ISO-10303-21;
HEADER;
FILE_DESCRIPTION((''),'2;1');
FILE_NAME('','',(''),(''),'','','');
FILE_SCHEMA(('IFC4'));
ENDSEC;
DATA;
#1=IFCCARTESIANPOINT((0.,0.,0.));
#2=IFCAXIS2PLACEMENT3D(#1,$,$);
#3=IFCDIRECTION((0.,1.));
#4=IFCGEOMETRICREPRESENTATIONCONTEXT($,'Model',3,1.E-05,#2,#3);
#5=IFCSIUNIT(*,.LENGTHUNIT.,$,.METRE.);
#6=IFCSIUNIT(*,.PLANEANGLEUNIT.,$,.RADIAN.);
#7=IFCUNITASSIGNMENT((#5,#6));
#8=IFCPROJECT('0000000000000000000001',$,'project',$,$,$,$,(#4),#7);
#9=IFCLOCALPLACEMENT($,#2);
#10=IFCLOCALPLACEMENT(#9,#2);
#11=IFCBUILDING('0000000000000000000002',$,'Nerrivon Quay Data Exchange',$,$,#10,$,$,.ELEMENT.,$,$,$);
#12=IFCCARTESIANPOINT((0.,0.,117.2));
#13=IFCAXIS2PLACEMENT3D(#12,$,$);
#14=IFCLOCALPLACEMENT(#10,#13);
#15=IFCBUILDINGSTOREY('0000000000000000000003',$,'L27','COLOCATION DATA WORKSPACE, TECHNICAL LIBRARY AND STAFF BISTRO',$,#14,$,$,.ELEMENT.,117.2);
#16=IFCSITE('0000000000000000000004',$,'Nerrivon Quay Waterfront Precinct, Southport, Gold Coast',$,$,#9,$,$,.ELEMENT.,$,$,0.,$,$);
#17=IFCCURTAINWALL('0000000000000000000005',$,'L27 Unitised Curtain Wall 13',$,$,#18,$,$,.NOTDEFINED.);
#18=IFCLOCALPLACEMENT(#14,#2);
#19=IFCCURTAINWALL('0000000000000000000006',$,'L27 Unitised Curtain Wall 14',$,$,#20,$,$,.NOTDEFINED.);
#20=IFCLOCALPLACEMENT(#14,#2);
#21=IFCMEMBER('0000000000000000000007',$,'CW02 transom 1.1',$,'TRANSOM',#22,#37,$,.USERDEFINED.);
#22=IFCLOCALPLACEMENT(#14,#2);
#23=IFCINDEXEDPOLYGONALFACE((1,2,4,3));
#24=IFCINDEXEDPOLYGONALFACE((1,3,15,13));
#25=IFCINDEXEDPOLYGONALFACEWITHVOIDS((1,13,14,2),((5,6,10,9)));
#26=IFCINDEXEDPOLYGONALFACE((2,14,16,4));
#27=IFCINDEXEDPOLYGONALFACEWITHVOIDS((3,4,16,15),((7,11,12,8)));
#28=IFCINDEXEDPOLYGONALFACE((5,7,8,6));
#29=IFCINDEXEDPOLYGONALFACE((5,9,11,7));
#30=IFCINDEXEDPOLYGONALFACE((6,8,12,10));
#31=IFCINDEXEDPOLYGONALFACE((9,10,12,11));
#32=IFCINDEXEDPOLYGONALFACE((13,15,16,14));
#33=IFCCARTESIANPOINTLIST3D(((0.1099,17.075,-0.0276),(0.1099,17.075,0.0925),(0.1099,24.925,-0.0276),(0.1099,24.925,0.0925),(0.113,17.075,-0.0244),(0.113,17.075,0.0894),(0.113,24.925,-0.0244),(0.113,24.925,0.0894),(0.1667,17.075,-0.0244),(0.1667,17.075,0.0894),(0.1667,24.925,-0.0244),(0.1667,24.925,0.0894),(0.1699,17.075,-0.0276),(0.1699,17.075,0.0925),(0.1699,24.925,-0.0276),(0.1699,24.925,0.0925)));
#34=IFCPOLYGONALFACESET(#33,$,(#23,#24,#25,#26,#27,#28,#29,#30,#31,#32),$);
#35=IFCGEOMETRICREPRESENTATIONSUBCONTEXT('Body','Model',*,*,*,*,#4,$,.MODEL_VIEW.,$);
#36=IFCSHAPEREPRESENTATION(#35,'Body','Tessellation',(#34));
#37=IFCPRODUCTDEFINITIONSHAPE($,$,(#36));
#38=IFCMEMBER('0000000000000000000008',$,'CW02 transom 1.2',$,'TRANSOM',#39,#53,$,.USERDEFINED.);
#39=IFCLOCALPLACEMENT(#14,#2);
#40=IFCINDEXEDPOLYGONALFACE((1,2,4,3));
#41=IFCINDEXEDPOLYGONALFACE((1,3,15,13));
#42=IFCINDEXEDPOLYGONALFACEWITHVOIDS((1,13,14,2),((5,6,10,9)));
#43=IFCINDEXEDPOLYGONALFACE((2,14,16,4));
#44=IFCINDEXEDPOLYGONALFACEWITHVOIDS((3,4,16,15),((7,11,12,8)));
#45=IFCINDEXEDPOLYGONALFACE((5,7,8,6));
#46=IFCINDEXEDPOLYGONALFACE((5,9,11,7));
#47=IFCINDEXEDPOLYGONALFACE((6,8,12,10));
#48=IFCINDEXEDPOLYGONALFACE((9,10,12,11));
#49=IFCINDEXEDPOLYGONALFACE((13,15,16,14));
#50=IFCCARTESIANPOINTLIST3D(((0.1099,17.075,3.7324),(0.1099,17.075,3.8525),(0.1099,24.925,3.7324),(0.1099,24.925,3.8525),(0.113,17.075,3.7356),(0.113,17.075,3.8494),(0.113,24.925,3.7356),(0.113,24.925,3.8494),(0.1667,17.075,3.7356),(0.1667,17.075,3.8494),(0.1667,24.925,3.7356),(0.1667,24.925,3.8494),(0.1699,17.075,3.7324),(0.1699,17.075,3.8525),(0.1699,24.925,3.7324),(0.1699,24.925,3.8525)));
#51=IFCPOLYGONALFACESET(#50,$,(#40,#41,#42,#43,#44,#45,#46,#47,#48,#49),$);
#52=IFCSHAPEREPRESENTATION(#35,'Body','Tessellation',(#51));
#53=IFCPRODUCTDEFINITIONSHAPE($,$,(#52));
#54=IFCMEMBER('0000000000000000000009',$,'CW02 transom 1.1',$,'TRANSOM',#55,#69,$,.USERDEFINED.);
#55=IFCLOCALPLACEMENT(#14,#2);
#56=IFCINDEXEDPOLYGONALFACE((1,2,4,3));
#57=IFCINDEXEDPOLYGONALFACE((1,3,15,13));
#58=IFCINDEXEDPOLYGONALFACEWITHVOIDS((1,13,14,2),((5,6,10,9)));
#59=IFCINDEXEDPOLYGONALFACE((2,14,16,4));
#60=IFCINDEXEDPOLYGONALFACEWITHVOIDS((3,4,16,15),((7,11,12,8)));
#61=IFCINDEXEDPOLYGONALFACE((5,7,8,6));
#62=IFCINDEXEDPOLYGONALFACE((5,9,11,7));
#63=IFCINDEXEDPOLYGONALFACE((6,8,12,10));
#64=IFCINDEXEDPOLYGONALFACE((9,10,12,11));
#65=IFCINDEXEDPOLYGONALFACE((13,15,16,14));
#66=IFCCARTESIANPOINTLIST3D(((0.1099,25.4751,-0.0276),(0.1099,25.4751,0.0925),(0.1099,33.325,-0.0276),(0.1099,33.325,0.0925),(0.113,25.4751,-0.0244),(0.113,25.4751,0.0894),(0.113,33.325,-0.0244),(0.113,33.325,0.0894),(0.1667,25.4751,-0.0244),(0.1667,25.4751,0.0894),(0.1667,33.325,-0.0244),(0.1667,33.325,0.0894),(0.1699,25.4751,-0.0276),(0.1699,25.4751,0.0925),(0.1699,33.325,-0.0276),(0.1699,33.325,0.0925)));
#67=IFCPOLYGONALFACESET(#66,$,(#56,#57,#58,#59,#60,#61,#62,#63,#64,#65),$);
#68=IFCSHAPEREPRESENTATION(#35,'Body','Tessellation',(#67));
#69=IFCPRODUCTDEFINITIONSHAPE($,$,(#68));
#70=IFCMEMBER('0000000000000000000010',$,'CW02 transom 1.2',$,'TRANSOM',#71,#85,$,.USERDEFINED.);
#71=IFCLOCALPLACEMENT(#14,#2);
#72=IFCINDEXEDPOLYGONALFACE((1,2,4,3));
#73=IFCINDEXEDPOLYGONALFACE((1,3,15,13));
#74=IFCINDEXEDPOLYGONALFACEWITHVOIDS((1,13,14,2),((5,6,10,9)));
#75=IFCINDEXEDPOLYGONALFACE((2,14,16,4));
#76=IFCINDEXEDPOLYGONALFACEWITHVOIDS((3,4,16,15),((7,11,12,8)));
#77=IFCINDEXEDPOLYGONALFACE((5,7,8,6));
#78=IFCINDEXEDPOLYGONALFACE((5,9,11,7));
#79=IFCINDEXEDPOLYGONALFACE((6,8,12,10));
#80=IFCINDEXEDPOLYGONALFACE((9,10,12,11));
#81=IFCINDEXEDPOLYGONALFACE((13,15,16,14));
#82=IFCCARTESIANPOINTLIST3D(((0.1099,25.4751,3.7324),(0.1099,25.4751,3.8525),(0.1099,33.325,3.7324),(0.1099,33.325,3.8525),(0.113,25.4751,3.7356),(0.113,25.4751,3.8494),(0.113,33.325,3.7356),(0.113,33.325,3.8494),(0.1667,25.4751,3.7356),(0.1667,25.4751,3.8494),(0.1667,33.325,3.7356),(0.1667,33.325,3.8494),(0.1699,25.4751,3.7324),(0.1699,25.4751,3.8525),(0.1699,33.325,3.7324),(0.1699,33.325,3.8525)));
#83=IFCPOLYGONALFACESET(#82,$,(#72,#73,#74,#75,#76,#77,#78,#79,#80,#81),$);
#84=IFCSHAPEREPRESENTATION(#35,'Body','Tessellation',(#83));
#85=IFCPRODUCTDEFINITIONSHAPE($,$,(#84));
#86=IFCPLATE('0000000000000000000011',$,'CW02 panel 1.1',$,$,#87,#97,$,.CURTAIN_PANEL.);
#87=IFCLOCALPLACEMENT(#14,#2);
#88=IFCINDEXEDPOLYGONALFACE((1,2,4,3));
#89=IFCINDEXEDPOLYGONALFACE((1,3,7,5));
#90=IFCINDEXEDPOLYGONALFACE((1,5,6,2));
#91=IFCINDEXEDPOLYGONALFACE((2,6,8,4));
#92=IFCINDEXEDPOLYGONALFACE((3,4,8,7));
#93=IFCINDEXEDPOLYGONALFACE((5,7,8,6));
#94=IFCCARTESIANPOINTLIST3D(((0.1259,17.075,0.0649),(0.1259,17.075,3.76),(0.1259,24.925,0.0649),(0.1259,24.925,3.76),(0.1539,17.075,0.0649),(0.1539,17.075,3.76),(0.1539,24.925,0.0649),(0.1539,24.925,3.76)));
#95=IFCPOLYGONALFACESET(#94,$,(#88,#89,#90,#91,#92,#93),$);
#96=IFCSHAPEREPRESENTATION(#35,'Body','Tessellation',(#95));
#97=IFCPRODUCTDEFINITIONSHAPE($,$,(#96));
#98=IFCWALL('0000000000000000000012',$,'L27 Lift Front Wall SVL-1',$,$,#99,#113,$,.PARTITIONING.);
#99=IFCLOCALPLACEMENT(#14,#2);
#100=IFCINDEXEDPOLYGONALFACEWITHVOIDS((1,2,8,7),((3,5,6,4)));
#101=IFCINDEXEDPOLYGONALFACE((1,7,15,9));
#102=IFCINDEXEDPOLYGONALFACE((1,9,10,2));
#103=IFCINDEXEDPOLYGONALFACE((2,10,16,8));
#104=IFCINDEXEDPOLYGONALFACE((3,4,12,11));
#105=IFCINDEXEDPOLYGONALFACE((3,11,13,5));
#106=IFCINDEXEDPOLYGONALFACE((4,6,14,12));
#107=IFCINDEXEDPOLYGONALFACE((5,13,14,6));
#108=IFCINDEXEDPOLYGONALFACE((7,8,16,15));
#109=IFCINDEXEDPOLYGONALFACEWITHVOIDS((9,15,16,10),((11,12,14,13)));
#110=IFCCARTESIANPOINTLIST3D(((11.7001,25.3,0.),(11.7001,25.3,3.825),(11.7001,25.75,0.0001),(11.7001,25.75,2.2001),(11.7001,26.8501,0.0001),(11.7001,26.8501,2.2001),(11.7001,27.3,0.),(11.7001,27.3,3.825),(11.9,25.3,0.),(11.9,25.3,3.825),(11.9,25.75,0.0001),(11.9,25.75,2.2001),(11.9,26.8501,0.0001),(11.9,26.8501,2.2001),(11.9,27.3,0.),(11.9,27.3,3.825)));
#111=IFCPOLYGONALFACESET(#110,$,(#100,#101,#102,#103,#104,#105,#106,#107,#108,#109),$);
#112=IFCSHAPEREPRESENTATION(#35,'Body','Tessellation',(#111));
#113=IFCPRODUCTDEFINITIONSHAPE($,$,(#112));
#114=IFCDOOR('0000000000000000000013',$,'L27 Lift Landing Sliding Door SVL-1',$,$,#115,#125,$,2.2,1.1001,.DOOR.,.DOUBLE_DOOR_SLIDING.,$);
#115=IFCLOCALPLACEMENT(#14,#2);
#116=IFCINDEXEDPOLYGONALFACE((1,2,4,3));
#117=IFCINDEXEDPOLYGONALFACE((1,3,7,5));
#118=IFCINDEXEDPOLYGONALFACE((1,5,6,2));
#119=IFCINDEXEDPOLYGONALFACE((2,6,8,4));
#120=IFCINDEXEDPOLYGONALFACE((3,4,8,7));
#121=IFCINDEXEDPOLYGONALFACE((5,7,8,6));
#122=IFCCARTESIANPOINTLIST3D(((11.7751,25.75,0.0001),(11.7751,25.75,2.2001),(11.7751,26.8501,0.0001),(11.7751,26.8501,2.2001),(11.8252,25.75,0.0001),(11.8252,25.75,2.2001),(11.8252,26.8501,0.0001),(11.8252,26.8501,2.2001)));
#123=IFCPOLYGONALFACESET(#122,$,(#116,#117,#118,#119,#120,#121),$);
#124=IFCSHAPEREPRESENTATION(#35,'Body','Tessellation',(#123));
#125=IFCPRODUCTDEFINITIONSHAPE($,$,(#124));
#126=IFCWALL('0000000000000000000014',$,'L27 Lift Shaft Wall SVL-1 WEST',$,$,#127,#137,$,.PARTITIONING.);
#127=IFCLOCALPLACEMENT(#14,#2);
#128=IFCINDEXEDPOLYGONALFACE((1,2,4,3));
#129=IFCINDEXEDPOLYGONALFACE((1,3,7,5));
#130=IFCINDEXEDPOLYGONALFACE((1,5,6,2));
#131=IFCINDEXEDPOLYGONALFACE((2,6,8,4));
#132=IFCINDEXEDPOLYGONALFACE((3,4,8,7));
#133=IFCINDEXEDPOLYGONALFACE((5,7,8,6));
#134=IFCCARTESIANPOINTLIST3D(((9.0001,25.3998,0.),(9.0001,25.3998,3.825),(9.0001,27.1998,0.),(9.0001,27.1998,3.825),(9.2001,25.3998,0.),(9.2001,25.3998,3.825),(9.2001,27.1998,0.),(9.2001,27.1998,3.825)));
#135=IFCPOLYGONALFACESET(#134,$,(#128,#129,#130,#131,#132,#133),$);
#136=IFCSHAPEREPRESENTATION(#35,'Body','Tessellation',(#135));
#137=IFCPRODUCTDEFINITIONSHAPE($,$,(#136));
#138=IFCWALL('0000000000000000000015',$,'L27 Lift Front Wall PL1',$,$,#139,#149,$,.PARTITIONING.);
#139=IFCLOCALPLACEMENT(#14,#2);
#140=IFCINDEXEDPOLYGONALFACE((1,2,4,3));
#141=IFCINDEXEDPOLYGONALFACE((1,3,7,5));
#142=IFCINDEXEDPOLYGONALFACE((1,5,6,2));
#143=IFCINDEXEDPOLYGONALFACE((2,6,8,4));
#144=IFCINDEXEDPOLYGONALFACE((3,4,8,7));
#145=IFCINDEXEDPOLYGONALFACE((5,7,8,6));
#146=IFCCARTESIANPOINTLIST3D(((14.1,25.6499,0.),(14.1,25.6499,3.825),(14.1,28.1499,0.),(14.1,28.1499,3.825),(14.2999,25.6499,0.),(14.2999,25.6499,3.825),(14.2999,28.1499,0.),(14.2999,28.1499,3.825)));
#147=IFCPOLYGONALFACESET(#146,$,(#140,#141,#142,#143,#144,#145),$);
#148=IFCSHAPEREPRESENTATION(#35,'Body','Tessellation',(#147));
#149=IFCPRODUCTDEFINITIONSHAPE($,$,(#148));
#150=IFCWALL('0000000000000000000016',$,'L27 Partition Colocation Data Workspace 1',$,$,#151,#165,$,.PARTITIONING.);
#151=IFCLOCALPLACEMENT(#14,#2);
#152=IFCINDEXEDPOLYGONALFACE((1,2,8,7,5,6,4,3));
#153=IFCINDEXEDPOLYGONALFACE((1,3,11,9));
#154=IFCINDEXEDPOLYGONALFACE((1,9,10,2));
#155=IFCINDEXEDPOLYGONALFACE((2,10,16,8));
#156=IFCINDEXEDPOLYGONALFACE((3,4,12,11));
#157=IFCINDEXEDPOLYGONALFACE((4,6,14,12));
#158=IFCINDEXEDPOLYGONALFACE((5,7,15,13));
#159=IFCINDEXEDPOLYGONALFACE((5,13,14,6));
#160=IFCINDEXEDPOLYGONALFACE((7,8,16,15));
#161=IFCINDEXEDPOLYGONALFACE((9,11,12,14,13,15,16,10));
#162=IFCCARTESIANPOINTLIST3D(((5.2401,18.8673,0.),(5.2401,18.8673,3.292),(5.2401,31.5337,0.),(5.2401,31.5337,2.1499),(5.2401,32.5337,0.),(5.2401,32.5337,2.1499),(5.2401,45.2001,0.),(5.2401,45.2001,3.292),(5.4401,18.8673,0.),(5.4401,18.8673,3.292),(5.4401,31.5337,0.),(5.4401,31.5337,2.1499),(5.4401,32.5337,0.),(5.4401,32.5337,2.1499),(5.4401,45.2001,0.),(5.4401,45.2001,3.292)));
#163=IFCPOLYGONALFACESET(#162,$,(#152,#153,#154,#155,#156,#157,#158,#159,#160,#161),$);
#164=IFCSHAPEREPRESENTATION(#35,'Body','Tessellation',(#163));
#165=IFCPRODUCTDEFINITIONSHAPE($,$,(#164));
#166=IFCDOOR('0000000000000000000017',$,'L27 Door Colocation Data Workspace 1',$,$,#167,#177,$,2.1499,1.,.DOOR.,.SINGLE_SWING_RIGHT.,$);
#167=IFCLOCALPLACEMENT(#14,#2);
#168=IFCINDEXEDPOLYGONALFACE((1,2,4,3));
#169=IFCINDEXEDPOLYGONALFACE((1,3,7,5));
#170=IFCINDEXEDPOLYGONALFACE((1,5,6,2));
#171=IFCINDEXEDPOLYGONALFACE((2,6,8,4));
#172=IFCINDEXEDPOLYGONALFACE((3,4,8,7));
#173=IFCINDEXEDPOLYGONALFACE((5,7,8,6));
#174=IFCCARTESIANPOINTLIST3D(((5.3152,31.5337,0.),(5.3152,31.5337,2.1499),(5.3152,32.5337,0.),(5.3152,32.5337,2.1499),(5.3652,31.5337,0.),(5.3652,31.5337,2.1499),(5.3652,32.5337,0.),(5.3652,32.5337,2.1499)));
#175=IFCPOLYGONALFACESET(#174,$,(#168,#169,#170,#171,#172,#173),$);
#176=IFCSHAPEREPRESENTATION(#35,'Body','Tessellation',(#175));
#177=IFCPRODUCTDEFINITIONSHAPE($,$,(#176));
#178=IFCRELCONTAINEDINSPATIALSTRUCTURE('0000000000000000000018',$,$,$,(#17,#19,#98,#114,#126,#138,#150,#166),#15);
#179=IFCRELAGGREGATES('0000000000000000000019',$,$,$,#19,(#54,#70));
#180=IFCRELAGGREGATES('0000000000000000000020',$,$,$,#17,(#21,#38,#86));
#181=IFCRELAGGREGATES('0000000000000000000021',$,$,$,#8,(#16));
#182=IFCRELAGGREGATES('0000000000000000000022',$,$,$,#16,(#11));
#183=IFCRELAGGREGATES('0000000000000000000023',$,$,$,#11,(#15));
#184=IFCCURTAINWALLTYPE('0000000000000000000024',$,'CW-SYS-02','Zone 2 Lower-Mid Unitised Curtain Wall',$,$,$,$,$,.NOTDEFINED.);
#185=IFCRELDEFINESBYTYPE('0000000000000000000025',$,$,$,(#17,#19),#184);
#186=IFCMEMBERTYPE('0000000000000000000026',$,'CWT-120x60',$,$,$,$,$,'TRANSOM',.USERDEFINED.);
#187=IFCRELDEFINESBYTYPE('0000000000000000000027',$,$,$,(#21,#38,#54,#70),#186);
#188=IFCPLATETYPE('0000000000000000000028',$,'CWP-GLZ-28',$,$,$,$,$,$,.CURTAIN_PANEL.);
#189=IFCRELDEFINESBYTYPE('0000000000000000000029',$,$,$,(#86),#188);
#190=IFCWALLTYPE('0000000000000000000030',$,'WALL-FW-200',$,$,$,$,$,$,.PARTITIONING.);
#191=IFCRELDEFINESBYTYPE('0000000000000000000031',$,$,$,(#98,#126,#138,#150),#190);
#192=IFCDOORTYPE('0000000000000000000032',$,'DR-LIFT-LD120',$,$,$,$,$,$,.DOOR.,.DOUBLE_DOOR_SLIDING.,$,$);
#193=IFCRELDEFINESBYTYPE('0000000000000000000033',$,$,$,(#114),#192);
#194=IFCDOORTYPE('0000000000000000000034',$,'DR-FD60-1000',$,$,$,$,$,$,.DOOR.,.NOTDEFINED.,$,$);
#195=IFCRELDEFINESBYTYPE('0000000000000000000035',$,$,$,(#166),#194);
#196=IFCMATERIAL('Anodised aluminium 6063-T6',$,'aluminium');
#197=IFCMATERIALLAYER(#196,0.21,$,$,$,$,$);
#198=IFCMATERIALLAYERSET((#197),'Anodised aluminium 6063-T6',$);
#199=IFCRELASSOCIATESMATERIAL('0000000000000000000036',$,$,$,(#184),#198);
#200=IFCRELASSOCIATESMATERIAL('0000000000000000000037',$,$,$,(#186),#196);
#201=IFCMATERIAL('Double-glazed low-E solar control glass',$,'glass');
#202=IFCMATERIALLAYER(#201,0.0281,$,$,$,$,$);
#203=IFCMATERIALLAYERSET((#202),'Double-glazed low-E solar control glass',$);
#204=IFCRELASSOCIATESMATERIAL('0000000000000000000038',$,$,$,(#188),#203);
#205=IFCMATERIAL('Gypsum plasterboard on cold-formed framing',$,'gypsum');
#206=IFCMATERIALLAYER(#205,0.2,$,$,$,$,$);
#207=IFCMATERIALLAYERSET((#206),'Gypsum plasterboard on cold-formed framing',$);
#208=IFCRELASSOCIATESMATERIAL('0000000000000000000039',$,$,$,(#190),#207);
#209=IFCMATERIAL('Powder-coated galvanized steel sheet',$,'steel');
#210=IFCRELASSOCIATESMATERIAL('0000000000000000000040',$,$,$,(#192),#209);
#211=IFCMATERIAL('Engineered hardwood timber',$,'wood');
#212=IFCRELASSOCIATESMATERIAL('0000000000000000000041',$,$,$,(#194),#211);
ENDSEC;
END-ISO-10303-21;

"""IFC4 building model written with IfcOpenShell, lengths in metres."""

from ifc_helpers import new_model, si_unit, direction, frame, frame_2d, origin, origin_2d, place, context, subcontext, project, spatial, rectangle, hollow_rectangle, extrude, material, layer, layer_set, material_profile, profile_set, type_object, element, fill, aggregate, save


model = new_model("IFC4")

# Units and contexts
model_context = context("Model", 3, precision=1e-05, world=origin(), true_north=direction((0.0, 1.0)))
body_context = subcontext(model_context, "Body", "Model", "MODEL_VIEW")
ifc_project = project(units=[si_unit("LENGTHUNIT", "METRE"), si_unit("PLANEANGLEUNIT", "RADIAN")], contexts=[model_context])

# Site, building, storey
site_placement = place(None, origin())
site = spatial("IfcSite", under=ifc_project, at=site_placement, Name="Nerrivon Quay Waterfront Precinct, Southport, Gold Coast", CompositionType="ELEMENT", RefElevation=0.0)
building_placement = place(site_placement, origin())
building = spatial("IfcBuilding", under=site, at=building_placement, Name="Nerrivon Quay Data Exchange", CompositionType="ELEMENT")
storey_placement = place(building_placement, frame((0.0, 0.0, 117.2)))
storey = spatial("IfcBuildingStorey", under=building, at=storey_placement, Name="L27", Description="COLOCATION DATA WORKSPACE, TECHNICAL LIBRARY AND STAFF BISTRO", CompositionType="ELEMENT", Elevation=117.2)

# Curtain wall
ifc_material_1 = material(Name="Anodised aluminium 6063-T6", Category="aluminium")
ifc_layer_1 = layer(ifc_material_1, 0.21)
ifc_layer_set_1 = layer_set([ifc_layer_1], Name="Anodised aluminium 6063-T6")
curtain_wall_type = type_object("IfcCurtainWallType", Name="CW-SYS-02", Description="Zone 2 Lower-Mid Unitised Curtain Wall", PredefinedType="NOTDEFINED", material=ifc_layer_set_1)
curtain_wall_1_placement = place(storey_placement, origin())
curtain_wall_1 = element("IfcCurtainWall", 1, at=curtain_wall_1_placement, inside=storey, type_object=curtain_wall_type, Name="L27 Unitised Curtain Wall 13", PredefinedType="NOTDEFINED")

# Curtain wall
curtain_wall_2_placement = place(storey_placement, origin())
curtain_wall_2 = element("IfcCurtainWall", 2, at=curtain_wall_2_placement, inside=storey, type_object=curtain_wall_type, Name="L27 Unitised Curtain Wall 14", PredefinedType="NOTDEFINED")

# Members
ifc_material_profile_1 = material_profile(ifc_material_1, hollow_rectangle(XDim=0.0601, YDim=0.1201, WallThickness=0.0032, at=origin_2d()), Name="ALU-TRAN-120x60")
ifc_profile_set_1 = profile_set([ifc_material_profile_1], Name="Anodised aluminium 6063-T6")
member_type_1 = type_object("IfcMemberType", Name="CWT-120x60", ElementType="TRANSOM", PredefinedType="USERDEFINED", material=ifc_profile_set_1)
member_1_placement = place(storey_placement, frame((0.1399, 17.075, 0.0325), z_axis=(0.0, 1.0, 0.0), x_axis=(-1.0, 0.0, 0.0)))
member_1 = element("IfcMember", 3, at=member_1_placement, type_object=member_type_1, Name="CW02 transom 1.1", ObjectType="TRANSOM", PredefinedType="USERDEFINED", context=body_context, shape_type="SweptSolid", body=[
    extrude(hollow_rectangle(XDim=0.0601, YDim=0.1201, WallThickness=0.0032, at=origin_2d()), origin(), (0.0, 0.0, 1.0), 7.8501),
])
member_2_placement = place(storey_placement, frame((0.1399, 17.075, 3.7925), z_axis=(0.0, 1.0, 0.0), x_axis=(-1.0, 0.0, 0.0)))
member_2 = element("IfcMember", 4, at=member_2_placement, type_object=member_type_1, Name="CW02 transom 1.2", ObjectType="TRANSOM", PredefinedType="USERDEFINED", context=body_context, shape_type="SweptSolid", body=[
    extrude(hollow_rectangle(XDim=0.0601, YDim=0.1201, WallThickness=0.0032, at=origin_2d()), origin(), (0.0, 0.0, 1.0), 7.8501),
])
member_3_placement = place(storey_placement, frame((0.1399, 25.4751, 0.0325), z_axis=(0.0, 1.0, 0.0), x_axis=(-1.0, 0.0, 0.0)))
member_3 = element("IfcMember", 5, at=member_3_placement, type_object=member_type_1, Name="CW02 transom 1.1", ObjectType="TRANSOM", PredefinedType="USERDEFINED", context=body_context, shape_type="SweptSolid", body=[
    extrude(hollow_rectangle(XDim=0.0601, YDim=0.1201, WallThickness=0.0032, at=origin_2d()), origin(), (0.0, 0.0, 1.0), 7.8499),
])
member_4_placement = place(storey_placement, frame((0.1399, 25.4751, 3.7925), z_axis=(0.0, 1.0, 0.0), x_axis=(-1.0, 0.0, 0.0)))
member_4 = element("IfcMember", 6, at=member_4_placement, type_object=member_type_1, Name="CW02 transom 1.2", ObjectType="TRANSOM", PredefinedType="USERDEFINED", context=body_context, shape_type="SweptSolid", body=[
    extrude(hollow_rectangle(XDim=0.0601, YDim=0.1201, WallThickness=0.0032, at=origin_2d()), origin(), (0.0, 0.0, 1.0), 7.8499),
])
aggregate(curtain_wall_2, [member_3, member_4])

# Plate
ifc_material_2 = material(Name="Double-glazed low-E solar control glass", Category="glass")
ifc_layer_2 = layer(ifc_material_2, 0.0281)
ifc_layer_set_2 = layer_set([ifc_layer_2], Name="Double-glazed low-E solar control glass")
plate_type = type_object("IfcPlateType", Name="CWP-GLZ-28", PredefinedType="CURTAIN_PANEL", material=ifc_layer_set_2)
plate_placement = place(storey_placement, frame((0.1399, 21.0, 0.0649), z_axis=(0.0, 0.0, 1.0), x_axis=(0.0, 1.0, 0.0)))
plate = element("IfcPlate", 7, at=plate_placement, type_object=plate_type, Name="CW02 panel 1.1", PredefinedType="CURTAIN_PANEL", context=body_context, shape_type="SweptSolid", body=[
    extrude(rectangle(XDim=7.8501, YDim=0.0281, at=origin_2d()), origin(), (0.0, 0.0, 1.0), 3.6951),
])
aggregate(curtain_wall_1, [member_1, member_2, plate])

# Wall, opening, door
ifc_material_3 = material(Name="Powder-coated galvanized steel sheet", Category="steel")
ifc_material_4 = material(Name="Gypsum plasterboard on cold-formed framing", Category="gypsum")
ifc_layer_3 = layer(ifc_material_4, 0.2)
ifc_layer_set_3 = layer_set([ifc_layer_3], Name="Gypsum plasterboard on cold-formed framing")
wall_type_1 = type_object("IfcWallType", Name="WALL-FW-200", PredefinedType="PARTITIONING", material=ifc_layer_set_3)
wall_1_placement = place(storey_placement, frame((11.8, 25.3, 0.0), z_axis=(0.0, 0.0, 1.0), x_axis=(0.0, 1.0, 0.0)))
wall_1 = element("IfcWall", 8, at=wall_1_placement, inside=storey, type_object=wall_type_1, Name="L27 Lift Front Wall SVL-1", PredefinedType="PARTITIONING", context=body_context, shape_type="SweptSolid", body=[
    extrude(rectangle(XDim=2.0, YDim=0.2, at=frame_2d((1.0, 0.0))), origin(), (0.0, 0.0, 1.0), 3.825),
])
opening_1_placement = place(wall_1_placement, frame((0.45, 0.0, 0.0)))
opening_1 = element("IfcOpeningElement", 9, at=opening_1_placement, cuts=wall_1, PredefinedType="OPENING", context=body_context, shape_type="SweptSolid", body=[
    extrude(rectangle(XDim=1.1001, YDim=2.2, at=frame_2d((0.55, 1.1001))), frame((0.0, 0.1099, 0.0), z_axis=(0.0, -1.0, 0.0), x_axis=(1.0, 0.0, 0.0)), (0.0, 0.0, 1.0), 0.22),
])
door_type_1 = type_object("IfcDoorType", Name="DR-LIFT-LD120", OperationType="DOUBLE_DOOR_SLIDING", PredefinedType="DOOR", material=ifc_material_3)
door_1_placement = place(opening_1_placement, origin())
door_1 = element("IfcDoor", 10, at=door_1_placement, inside=storey, type_object=door_type_1, Name="L27 Lift Landing Sliding Door SVL-1", OperationType="DOUBLE_DOOR_SLIDING", OverallHeight=2.2, OverallWidth=1.1001, PredefinedType="DOOR", context=body_context, shape_type="SweptSolid", body=[
    extrude(rectangle(XDim=1.1001, YDim=2.2, at=frame_2d((0.55, 1.1001))), frame((0.0, 0.0249, 0.0), z_axis=(0.0, -1.0, 0.0), x_axis=(1.0, 0.0, 0.0)), (0.0, 0.0, 1.0), 0.05),
])
fill(opening_1, door_1)

# Walls
wall_2_placement = place(storey_placement, frame((9.1001, 25.3999, 0.0), z_axis=(0.0, 0.0, 1.0), x_axis=(0.0, 1.0, 0.0)))
element("IfcWall", 11, at=wall_2_placement, inside=storey, type_object=wall_type_1, Name="L27 Lift Shaft Wall SVL-1 WEST", PredefinedType="PARTITIONING", context=body_context, shape_type="SweptSolid", body=[
    extrude(rectangle(XDim=1.8, YDim=0.2, at=frame_2d((0.8999, 0.0))), origin(), (0.0, 0.0, 1.0), 3.825),
])
wall_3_placement = place(storey_placement, frame((14.2, 25.6499, 0.0), z_axis=(0.0, 0.0, 1.0), x_axis=(0.0, 1.0, 0.0)))
element("IfcWall", 12, at=wall_3_placement, inside=storey, type_object=wall_type_1, Name="L27 Lift Front Wall PL1", PredefinedType="PARTITIONING", context=body_context, shape_type="SweptSolid", body=[
    extrude(rectangle(XDim=2.5, YDim=0.2, at=frame_2d((1.25, 0.0))), origin(), (0.0, 0.0, 1.0), 3.825),
])

# Wall, opening, door
wall_4_placement = place(storey_placement, frame((5.3401, 18.8672, 0.0), z_axis=(0.0, 0.0, 1.0), x_axis=(0.0, 1.0, 0.0)))
wall_4 = element("IfcWall", 13, at=wall_4_placement, inside=storey, type_object=wall_type_1, Name="L27 Partition Colocation Data Workspace 1", PredefinedType="PARTITIONING", context=body_context, shape_type="SweptSolid", body=[
    extrude(rectangle(XDim=26.3328, YDim=0.2, at=frame_2d((13.1665, 0.0))), origin(), (0.0, 0.0, 1.0), 3.292),
])
opening_2_placement = place(wall_4_placement, frame((12.6665, 0.0, 0.0)))
opening_2 = element("IfcOpeningElement", 14, at=opening_2_placement, cuts=wall_4, PredefinedType="OPENING", context=body_context, shape_type="SweptSolid", body=[
    extrude(rectangle(XDim=1.0, YDim=2.1499, at=frame_2d((0.5, 1.075))), frame((0.0, 0.1099, 0.0), z_axis=(0.0, -1.0, 0.0), x_axis=(1.0, 0.0, 0.0)), (0.0, 0.0, 1.0), 0.22),
])
ifc_material_5 = material(Name="Engineered hardwood timber", Category="wood")
door_type_2 = type_object("IfcDoorType", Name="DR-FD60-1000", OperationType="NOTDEFINED", PredefinedType="DOOR", material=ifc_material_5)
door_2_placement = place(opening_2_placement, origin())
door_2 = element("IfcDoor", 15, at=door_2_placement, inside=storey, type_object=door_type_2, Name="L27 Door Colocation Data Workspace 1", OperationType="SINGLE_SWING_RIGHT", OverallHeight=2.1499, OverallWidth=1.0, PredefinedType="DOOR", context=body_context, shape_type="SweptSolid", body=[
    extrude(rectangle(XDim=1.0, YDim=2.1499, at=frame_2d((0.5, 1.075))), frame((0.0, 0.0249, 0.0), z_axis=(0.0, -1.0, 0.0), x_axis=(1.0, 0.0, 0.0)), (0.0, 0.0, 1.0), 0.05),
])
fill(opening_2, door_2)

save(model, "model.ifc")
